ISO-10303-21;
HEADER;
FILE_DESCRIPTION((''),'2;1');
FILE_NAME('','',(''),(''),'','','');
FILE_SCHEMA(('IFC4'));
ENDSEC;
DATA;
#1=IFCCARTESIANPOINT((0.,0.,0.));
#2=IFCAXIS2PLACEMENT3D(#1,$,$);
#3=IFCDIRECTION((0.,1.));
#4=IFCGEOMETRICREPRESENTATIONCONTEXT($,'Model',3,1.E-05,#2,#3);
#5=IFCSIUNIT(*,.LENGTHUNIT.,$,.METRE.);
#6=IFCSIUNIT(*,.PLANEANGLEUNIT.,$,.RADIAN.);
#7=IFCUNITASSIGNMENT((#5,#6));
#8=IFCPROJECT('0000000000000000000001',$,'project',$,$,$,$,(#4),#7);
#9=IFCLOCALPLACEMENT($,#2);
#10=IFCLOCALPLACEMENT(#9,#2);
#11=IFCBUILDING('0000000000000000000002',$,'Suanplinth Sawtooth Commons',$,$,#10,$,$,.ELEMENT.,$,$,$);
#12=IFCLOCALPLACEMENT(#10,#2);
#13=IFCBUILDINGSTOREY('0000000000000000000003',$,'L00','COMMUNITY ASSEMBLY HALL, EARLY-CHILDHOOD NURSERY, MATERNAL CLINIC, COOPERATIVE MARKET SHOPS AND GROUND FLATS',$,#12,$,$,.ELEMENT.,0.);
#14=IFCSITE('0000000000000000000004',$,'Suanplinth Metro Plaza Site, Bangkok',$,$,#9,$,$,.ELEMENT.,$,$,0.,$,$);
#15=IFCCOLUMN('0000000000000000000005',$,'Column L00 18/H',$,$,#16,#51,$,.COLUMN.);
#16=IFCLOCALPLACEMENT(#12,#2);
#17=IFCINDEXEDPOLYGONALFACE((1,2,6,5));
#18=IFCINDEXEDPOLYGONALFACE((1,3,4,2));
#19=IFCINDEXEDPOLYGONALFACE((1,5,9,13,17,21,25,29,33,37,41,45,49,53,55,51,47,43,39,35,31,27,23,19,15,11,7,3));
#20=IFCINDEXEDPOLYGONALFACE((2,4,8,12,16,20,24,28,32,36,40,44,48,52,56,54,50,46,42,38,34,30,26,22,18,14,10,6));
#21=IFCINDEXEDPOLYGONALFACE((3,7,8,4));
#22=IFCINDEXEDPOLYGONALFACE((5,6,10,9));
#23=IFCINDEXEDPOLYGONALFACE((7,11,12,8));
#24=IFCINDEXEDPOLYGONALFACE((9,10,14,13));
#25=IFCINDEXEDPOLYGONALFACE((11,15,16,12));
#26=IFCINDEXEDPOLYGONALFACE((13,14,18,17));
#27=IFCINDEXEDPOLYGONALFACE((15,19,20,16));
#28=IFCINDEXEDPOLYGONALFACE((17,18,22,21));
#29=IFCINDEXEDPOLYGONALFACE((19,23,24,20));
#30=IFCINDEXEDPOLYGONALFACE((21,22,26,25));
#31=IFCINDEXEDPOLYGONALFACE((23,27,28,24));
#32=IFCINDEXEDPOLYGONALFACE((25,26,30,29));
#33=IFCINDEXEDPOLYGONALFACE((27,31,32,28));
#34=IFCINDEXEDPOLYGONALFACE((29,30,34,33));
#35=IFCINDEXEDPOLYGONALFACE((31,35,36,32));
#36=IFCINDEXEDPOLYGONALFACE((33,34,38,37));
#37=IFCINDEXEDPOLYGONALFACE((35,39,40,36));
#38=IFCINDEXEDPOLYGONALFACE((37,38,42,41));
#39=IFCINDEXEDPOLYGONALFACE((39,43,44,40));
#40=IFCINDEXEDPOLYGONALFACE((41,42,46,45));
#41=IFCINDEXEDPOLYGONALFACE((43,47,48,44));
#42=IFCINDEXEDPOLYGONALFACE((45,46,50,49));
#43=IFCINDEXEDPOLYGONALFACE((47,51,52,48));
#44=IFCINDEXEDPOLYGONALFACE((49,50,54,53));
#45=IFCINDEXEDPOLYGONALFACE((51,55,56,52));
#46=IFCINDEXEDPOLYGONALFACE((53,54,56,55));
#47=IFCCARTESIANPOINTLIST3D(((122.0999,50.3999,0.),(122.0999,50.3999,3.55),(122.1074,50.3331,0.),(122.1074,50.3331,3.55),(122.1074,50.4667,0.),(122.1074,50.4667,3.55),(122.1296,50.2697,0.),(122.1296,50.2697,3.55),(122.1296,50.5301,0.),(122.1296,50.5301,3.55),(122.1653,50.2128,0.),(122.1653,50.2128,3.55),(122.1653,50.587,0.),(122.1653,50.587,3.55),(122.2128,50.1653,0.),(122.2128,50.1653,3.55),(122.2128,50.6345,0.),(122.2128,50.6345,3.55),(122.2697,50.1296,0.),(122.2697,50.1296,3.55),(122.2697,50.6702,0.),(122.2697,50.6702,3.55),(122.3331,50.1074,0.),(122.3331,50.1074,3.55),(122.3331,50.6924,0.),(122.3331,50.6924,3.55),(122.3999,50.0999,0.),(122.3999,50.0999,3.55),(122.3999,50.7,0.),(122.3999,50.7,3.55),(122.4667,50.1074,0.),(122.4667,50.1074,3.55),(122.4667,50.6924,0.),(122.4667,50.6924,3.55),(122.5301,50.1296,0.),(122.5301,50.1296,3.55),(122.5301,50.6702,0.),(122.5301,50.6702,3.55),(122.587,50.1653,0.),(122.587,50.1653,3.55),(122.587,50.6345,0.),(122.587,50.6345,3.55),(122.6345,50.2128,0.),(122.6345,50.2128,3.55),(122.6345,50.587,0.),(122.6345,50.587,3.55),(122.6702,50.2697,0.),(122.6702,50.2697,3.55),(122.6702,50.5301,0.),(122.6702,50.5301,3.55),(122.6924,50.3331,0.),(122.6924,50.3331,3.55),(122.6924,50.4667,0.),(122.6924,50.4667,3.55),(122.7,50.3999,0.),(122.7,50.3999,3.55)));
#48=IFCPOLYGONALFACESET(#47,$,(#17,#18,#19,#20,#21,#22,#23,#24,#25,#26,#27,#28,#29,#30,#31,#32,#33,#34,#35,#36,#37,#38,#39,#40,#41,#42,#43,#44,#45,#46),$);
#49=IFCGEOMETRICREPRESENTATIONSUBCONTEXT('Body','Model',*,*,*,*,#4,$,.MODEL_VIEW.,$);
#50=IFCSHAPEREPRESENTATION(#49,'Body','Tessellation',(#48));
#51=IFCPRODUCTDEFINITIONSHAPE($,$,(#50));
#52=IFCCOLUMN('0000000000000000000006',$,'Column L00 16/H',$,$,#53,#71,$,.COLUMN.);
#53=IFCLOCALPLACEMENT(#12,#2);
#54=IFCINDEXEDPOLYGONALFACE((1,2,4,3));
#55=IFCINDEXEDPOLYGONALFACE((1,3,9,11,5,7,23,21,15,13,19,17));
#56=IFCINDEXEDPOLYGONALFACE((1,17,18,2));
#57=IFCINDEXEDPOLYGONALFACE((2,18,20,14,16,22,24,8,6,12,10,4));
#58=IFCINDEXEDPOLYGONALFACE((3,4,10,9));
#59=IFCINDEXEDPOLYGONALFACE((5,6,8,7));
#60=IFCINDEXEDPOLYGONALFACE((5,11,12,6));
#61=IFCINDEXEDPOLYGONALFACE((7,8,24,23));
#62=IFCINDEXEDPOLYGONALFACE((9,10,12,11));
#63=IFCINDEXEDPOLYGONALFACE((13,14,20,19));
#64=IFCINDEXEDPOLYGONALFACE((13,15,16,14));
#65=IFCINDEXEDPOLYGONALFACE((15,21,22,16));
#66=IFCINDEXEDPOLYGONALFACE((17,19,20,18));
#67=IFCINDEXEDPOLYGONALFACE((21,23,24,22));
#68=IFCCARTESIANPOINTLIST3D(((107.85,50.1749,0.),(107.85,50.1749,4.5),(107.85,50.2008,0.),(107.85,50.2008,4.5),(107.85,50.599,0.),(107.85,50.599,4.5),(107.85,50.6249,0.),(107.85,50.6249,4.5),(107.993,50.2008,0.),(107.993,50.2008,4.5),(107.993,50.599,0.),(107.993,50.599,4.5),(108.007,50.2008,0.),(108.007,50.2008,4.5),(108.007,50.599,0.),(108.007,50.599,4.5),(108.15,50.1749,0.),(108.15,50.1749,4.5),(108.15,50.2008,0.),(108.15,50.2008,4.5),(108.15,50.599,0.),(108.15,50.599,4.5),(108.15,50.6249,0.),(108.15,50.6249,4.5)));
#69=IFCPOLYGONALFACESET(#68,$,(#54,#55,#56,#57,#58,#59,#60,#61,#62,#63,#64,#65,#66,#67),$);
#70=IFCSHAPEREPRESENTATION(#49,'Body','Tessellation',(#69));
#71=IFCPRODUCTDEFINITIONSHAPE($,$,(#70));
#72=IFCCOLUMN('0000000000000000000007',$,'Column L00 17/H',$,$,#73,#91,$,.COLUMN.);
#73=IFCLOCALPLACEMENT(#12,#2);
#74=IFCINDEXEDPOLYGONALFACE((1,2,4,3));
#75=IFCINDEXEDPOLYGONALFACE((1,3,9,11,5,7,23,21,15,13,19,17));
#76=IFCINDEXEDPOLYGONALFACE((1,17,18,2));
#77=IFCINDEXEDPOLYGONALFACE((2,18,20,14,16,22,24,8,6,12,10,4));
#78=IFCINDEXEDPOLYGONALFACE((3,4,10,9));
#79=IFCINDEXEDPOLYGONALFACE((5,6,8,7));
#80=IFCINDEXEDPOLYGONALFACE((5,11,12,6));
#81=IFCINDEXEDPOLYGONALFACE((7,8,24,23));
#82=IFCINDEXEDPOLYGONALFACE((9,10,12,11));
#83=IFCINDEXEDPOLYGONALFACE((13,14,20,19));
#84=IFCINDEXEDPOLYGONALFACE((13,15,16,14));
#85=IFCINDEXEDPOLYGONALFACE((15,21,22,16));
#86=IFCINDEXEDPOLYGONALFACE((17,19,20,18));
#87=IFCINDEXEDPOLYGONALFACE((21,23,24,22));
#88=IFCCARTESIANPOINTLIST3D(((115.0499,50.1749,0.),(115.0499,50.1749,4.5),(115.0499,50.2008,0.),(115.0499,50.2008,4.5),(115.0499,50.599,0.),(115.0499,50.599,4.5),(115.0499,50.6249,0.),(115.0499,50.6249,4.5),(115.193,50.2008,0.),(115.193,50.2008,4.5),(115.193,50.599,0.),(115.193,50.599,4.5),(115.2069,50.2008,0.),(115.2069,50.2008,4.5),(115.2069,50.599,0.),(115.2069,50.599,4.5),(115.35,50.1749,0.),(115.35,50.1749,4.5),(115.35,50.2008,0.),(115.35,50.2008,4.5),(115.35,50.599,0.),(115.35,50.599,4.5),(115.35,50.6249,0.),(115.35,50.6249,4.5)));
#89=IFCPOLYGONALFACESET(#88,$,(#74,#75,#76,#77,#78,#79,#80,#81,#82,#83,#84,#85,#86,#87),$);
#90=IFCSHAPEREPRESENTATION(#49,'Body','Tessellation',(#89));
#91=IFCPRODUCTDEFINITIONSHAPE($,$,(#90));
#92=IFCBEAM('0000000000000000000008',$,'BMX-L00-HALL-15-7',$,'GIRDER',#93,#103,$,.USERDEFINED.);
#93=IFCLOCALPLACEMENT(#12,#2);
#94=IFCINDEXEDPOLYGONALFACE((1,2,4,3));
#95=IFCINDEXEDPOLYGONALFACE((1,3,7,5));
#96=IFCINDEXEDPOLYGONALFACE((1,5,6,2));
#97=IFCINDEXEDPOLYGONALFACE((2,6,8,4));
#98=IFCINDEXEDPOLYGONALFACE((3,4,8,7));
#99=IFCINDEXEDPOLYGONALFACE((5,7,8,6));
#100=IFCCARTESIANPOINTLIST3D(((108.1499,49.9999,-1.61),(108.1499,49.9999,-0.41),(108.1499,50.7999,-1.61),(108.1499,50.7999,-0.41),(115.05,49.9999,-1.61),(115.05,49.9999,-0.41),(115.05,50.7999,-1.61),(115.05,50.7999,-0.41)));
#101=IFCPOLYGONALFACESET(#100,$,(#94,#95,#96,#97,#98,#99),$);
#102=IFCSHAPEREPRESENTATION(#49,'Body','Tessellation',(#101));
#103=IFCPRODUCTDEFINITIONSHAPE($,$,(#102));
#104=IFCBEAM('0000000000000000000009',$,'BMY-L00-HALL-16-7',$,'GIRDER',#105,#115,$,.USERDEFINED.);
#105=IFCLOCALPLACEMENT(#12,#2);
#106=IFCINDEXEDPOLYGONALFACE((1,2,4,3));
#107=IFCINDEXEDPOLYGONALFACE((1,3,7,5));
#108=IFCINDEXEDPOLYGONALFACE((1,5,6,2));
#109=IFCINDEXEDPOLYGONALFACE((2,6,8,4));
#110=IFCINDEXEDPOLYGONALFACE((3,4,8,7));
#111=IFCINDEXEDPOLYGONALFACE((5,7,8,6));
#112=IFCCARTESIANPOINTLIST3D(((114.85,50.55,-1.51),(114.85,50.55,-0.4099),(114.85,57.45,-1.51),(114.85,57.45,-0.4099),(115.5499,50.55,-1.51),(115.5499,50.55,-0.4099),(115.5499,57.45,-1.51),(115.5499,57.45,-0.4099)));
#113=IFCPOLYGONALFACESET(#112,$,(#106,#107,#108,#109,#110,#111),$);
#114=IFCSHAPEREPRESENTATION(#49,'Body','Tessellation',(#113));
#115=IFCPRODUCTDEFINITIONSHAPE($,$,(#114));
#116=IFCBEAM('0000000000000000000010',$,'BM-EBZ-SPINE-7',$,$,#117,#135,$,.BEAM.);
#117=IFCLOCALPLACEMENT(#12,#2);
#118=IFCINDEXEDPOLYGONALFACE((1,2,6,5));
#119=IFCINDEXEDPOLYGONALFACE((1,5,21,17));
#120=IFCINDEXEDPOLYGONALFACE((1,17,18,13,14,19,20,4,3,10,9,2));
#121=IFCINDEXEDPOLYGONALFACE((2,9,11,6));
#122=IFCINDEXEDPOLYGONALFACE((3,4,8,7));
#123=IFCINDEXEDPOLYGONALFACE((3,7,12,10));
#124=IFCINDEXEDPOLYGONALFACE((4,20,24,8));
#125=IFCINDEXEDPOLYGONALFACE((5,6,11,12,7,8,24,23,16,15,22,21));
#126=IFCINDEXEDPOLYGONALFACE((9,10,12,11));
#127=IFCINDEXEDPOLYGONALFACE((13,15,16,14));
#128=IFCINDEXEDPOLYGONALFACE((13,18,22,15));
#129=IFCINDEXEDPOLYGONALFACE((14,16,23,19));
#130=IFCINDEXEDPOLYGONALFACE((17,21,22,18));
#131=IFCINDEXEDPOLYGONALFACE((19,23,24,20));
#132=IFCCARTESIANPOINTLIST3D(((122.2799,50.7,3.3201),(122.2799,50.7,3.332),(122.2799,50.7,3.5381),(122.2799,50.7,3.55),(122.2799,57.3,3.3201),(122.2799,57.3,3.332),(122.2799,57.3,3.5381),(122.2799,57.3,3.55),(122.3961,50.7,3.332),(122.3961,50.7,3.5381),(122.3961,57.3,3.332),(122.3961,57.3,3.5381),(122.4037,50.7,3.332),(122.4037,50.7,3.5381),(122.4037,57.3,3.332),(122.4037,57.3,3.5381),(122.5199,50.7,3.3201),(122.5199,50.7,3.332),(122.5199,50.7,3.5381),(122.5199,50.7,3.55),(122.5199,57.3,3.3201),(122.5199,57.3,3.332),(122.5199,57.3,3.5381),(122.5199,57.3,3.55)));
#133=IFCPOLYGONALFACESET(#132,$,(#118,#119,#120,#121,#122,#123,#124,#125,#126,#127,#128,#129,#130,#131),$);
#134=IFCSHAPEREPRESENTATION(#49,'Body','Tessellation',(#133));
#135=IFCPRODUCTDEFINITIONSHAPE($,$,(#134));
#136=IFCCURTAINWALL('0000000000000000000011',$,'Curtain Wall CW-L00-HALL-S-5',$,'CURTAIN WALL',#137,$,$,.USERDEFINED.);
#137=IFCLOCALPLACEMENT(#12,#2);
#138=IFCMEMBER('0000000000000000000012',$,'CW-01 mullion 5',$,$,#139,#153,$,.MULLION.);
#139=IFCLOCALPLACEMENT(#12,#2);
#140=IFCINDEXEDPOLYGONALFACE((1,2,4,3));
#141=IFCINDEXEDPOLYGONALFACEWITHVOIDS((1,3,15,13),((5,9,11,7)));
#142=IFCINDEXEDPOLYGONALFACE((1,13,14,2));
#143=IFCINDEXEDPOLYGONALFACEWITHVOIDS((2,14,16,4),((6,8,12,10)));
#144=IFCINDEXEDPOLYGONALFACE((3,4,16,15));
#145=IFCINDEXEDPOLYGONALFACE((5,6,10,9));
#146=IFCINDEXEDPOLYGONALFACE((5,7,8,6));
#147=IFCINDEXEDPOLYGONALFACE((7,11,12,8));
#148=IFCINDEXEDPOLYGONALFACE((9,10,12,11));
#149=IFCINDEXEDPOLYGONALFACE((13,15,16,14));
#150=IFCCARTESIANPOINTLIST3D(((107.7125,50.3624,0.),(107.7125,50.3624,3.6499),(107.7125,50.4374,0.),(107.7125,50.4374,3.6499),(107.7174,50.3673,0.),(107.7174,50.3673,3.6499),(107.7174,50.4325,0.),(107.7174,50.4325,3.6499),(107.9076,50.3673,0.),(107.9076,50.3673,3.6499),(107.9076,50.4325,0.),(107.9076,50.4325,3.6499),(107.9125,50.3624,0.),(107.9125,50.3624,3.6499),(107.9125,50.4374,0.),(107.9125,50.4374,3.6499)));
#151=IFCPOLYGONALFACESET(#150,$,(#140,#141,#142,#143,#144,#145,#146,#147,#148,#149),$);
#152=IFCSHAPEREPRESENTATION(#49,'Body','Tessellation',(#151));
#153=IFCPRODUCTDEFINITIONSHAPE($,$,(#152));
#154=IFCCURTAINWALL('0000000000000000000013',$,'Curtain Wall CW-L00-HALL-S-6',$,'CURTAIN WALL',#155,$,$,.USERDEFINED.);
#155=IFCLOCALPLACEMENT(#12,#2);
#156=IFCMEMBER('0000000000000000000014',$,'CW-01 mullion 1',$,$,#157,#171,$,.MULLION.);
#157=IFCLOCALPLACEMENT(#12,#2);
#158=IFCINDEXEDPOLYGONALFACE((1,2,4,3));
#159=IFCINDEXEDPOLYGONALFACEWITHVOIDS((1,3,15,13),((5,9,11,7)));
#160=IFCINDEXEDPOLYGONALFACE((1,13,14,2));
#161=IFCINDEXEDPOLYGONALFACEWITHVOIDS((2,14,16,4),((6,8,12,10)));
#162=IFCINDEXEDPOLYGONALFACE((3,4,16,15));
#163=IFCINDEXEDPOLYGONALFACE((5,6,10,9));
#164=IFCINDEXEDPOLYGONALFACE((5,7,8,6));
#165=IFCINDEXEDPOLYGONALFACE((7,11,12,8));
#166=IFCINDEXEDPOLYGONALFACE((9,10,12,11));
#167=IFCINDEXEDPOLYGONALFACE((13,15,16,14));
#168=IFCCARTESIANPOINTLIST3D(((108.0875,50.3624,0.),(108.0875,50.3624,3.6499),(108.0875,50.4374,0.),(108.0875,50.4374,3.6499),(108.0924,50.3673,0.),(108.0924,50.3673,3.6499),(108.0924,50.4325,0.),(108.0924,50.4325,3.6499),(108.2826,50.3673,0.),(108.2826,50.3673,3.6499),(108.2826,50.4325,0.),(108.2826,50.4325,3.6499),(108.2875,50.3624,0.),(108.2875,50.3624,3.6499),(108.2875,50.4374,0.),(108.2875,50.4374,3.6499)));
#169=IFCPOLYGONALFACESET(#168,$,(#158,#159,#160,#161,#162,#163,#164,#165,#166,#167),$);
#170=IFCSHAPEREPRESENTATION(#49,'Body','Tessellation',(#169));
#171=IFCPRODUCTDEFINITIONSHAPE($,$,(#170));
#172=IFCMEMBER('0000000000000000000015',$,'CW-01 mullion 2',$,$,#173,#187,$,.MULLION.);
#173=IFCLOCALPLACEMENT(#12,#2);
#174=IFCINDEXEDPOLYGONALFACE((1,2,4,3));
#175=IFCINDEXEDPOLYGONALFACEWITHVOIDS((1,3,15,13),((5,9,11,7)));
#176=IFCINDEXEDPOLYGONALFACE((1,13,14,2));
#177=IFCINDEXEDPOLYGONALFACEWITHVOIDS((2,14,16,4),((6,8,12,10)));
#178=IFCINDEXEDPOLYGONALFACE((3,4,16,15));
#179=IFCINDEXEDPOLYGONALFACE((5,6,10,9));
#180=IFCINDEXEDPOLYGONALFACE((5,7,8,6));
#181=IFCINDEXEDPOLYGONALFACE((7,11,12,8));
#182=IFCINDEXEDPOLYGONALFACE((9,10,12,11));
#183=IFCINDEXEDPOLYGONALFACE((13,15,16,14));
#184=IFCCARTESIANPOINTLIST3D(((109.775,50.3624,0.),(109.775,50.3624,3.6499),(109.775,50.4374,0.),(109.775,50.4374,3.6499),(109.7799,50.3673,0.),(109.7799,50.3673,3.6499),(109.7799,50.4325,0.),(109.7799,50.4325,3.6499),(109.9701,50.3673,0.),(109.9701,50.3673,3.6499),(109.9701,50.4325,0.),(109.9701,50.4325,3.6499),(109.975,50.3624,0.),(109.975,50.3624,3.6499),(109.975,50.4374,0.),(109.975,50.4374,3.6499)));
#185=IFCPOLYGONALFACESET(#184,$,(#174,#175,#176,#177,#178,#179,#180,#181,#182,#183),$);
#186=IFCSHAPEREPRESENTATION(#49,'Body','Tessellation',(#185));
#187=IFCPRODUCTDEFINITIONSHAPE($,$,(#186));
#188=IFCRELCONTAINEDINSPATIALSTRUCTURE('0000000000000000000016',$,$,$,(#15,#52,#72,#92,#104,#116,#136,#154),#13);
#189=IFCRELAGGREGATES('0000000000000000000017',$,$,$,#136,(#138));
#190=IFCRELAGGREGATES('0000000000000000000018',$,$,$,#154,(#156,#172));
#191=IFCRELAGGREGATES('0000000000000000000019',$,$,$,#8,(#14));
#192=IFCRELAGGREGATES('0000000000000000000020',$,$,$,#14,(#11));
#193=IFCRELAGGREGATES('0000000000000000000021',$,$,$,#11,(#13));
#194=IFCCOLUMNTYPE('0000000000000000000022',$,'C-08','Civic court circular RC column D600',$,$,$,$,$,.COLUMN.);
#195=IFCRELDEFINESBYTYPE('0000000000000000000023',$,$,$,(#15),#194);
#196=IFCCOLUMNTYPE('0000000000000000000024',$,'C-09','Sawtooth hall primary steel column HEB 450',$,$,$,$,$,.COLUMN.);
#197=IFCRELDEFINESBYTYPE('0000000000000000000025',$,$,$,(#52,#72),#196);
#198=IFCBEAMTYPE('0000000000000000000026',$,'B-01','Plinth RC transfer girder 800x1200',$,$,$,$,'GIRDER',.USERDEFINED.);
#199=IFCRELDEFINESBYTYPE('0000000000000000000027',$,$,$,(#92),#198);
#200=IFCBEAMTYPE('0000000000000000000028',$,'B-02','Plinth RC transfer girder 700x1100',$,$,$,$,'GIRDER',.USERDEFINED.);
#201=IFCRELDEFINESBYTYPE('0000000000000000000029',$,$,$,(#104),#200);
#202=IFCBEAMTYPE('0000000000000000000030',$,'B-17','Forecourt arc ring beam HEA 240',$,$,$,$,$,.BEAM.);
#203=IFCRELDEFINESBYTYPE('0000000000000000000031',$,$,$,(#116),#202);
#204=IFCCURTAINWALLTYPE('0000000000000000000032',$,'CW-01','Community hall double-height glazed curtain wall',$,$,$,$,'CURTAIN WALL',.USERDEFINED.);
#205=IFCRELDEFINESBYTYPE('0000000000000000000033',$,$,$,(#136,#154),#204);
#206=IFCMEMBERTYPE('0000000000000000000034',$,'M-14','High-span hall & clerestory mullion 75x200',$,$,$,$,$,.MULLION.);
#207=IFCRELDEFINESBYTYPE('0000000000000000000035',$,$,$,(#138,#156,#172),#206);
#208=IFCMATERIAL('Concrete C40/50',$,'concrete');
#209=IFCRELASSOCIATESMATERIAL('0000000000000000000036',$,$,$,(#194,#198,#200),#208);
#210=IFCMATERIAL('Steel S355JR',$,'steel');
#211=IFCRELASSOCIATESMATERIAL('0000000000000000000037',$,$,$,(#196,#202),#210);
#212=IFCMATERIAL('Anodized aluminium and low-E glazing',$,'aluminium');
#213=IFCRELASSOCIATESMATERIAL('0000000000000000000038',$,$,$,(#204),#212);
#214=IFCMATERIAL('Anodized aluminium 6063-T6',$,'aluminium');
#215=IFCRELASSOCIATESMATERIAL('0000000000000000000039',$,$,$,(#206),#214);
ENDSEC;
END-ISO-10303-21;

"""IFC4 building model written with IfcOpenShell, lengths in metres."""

from ifc_helpers import new_model, si_unit, direction, frame, origin, origin_2d, place, context, subcontext, project, spatial, rectangle, hollow_rectangle, circle, i_section, extrude, material, material_profile, profile_set, type_object, element, aggregate, save


model = new_model("IFC4")

# Units and contexts
model_context = context("Model", 3, precision=1e-05, world=origin(), true_north=direction((0.0, 1.0)))
body_context = subcontext(model_context, "Body", "Model", "MODEL_VIEW")
ifc_project = project(units=[si_unit("LENGTHUNIT", "METRE"), si_unit("PLANEANGLEUNIT", "RADIAN")], contexts=[model_context])

# Site, building, storey
site_placement = place(None, origin())
site = spatial("IfcSite", under=ifc_project, at=site_placement, Name="Suanplinth Metro Plaza Site, Bangkok", CompositionType="ELEMENT", RefElevation=0.0)
building_placement = place(site_placement, origin())
building = spatial("IfcBuilding", under=site, at=building_placement, Name="Suanplinth Sawtooth Commons", CompositionType="ELEMENT")
storey_placement = place(building_placement, origin())
storey = spatial("IfcBuildingStorey", under=building, at=storey_placement, Name="L00", Description="COMMUNITY ASSEMBLY HALL, EARLY-CHILDHOOD NURSERY, MATERNAL CLINIC, COOPERATIVE MARKET SHOPS AND GROUND FLATS", CompositionType="ELEMENT", Elevation=0.0)

# Columns
ifc_material_1 = material(Name="Concrete C40/50", Category="concrete")
ifc_material_profile_1 = material_profile(ifc_material_1, circle(Radius=0.3, at=origin_2d()), Name="RC-CIRC D600")
ifc_profile_set_1 = profile_set([ifc_material_profile_1], Name="Concrete C40/50")
column_type_1 = type_object("IfcColumnType", Name="C-08", Description="Civic court circular RC column D600", PredefinedType="COLUMN", material=ifc_profile_set_1)
column_placement = place(storey_placement, frame((122.3999, 50.3999, 0.0), z_axis=(0.0, 0.0, 1.0), x_axis=(1.0, 0.0, 0.0)))
element("IfcColumn", 1, at=column_placement, inside=storey, type_object=column_type_1, Name="Column L00 18/H", PredefinedType="COLUMN", context=body_context, shape_type="SweptSolid", body=[
    extrude(circle(Radius=0.3, at=origin_2d()), origin(), (0.0, 0.0, 1.0), 3.55),
])
ifc_material_2 = material(Name="Steel S355JR", Category="steel")
ifc_material_profile_2 = material_profile(ifc_material_2, i_section(OverallWidth=0.3, OverallDepth=0.45, WebThickness=0.0139, FlangeThickness=0.0259, at=origin_2d()), Name="HEB 450")
ifc_profile_set_2 = profile_set([ifc_material_profile_2], Name="Steel S355JR")
column_type_2 = type_object("IfcColumnType", Name="C-09", Description="Sawtooth hall primary steel column HEB 450", PredefinedType="COLUMN", material=ifc_profile_set_2)
for number, where, z_axis, x_axis, name in (
    (2, (108.0, 50.3999, 0.0), (0.0, 0.0, 1.0), (1.0, 0.0, 0.0), "Column L00 16/H"),
    (3, (115.2, 50.3999, 0.0), (0.0, 0.0, 1.0), (1.0, 0.0, 0.0), "Column L00 17/H"),
):
    element("IfcColumn", number, at=place(storey_placement, frame(where, z_axis=z_axis, x_axis=x_axis)), inside=storey, type_object=column_type_2, Name=name, PredefinedType="COLUMN", context=body_context, shape_type="SweptSolid", body=[
        extrude(i_section(OverallWidth=0.3, OverallDepth=0.45, WebThickness=0.0139, FlangeThickness=0.0259, at=origin_2d()), origin(), (0.0, 0.0, 1.0), 4.5),
    ])

# Beams
ifc_material_profile_3 = material_profile(ifc_material_1, rectangle(XDim=0.8, YDim=1.2, at=origin_2d()), Name="RC-TG 800x1200")
ifc_profile_set_3 = profile_set([ifc_material_profile_3], Name="Concrete C40/50")
beam_type_1 = type_object("IfcBeamType", Name="B-01", Description="Plinth RC transfer girder 800x1200", ElementType="GIRDER", PredefinedType="USERDEFINED", material=ifc_profile_set_3)
beam_1_placement = place(storey_placement, frame((108.1499, 50.3999, -1.01), z_axis=(1.0, 0.0, 0.0), x_axis=(0.0, 1.0, 0.0)))
element("IfcBeam", 4, at=beam_1_placement, inside=storey, type_object=beam_type_1, Name="BMX-L00-HALL-15-7", ObjectType="GIRDER", PredefinedType="USERDEFINED", context=body_context, shape_type="SweptSolid", body=[
    extrude(rectangle(XDim=0.8, YDim=1.2, at=origin_2d()), origin(), (0.0, 0.0, 1.0), 6.9001),
])
ifc_material_profile_4 = material_profile(ifc_material_1, rectangle(XDim=0.7, YDim=1.1001, at=origin_2d()), Name="RC-TG 700x1100")
ifc_profile_set_4 = profile_set([ifc_material_profile_4], Name="Concrete C40/50")
beam_type_2 = type_object("IfcBeamType", Name="B-02", Description="Plinth RC transfer girder 700x1100", ElementType="GIRDER", PredefinedType="USERDEFINED", material=ifc_profile_set_4)
beam_2_placement = place(storey_placement, frame((115.2, 50.55, -0.96), z_axis=(0.0, 1.0, 0.0), x_axis=(-1.0, 0.0, 0.0)))
element("IfcBeam", 5, at=beam_2_placement, inside=storey, type_object=beam_type_2, Name="BMY-L00-HALL-16-7", ObjectType="GIRDER", PredefinedType="USERDEFINED", context=body_context, shape_type="SweptSolid", body=[
    extrude(rectangle(XDim=0.7, YDim=1.1001, at=origin_2d()), origin(), (0.0, 0.0, 1.0), 6.8999),
])
ifc_material_profile_5 = material_profile(ifc_material_2, i_section(OverallWidth=0.24, OverallDepth=0.23, WebThickness=0.0076, FlangeThickness=0.012, at=origin_2d()), Name="HEA 240")
ifc_profile_set_5 = profile_set([ifc_material_profile_5], Name="Steel S355JR")
beam_type_3 = type_object("IfcBeamType", Name="B-17", Description="Forecourt arc ring beam HEA 240", PredefinedType="BEAM", material=ifc_profile_set_5)
beam_3_placement = place(storey_placement, frame((122.3999, 50.7, 3.4351), z_axis=(0.0, 1.0, 0.0), x_axis=(-1.0, 0.0, 0.0)))
element("IfcBeam", 6, at=beam_3_placement, inside=storey, type_object=beam_type_3, Name="BM-EBZ-SPINE-7", PredefinedType="BEAM", context=body_context, shape_type="SweptSolid", body=[
    extrude(i_section(OverallWidth=0.24, OverallDepth=0.23, WebThickness=0.0076, FlangeThickness=0.012, at=origin_2d()), origin(), (0.0, 0.0, 1.0), 6.6001),
])

# Curtain wall, member
ifc_material_3 = material(Name="Anodized aluminium and low-E glazing", Category="aluminium")
curtain_wall_type = type_object("IfcCurtainWallType", Name="CW-01", Description="Community hall double-height glazed curtain wall", ElementType="CURTAIN WALL", PredefinedType="USERDEFINED", material=ifc_material_3)
curtain_wall_1_placement = place(storey_placement, origin())
curtain_wall_1 = element("IfcCurtainWall", 7, at=curtain_wall_1_placement, inside=storey, type_object=curtain_wall_type, Name="Curtain Wall CW-L00-HALL-S-5", ObjectType="CURTAIN WALL", PredefinedType="USERDEFINED")
ifc_material_4 = material(Name="Anodized aluminium 6063-T6", Category="aluminium")
ifc_material_profile_6 = material_profile(ifc_material_4, hollow_rectangle(XDim=0.075, YDim=0.2, WallThickness=0.0049, at=origin_2d()), Name="ALU-MUL 75x200")
ifc_profile_set_6 = profile_set([ifc_material_profile_6], Name="Anodized aluminium 6063-T6")
member_type_1 = type_object("IfcMemberType", Name="M-14", Description="High-span hall & clerestory mullion 75x200", PredefinedType="MULLION", material=ifc_profile_set_6)
member_1_placement = place(storey_placement, frame((107.8125, 50.3999, 0.0), z_axis=(0.0, 0.0, 1.0), x_axis=(0.0, 1.0, 0.0)))
member_1 = element("IfcMember", 8, at=member_1_placement, type_object=member_type_1, Name="CW-01 mullion 5", PredefinedType="MULLION", context=body_context, shape_type="SweptSolid", body=[
    extrude(hollow_rectangle(XDim=0.075, YDim=0.2, WallThickness=0.0049, at=origin_2d()), origin(), (0.0, 0.0, 1.0), 3.6499),
])
aggregate(curtain_wall_1, [member_1])

# Curtain wall, members
curtain_wall_2_placement = place(storey_placement, origin())
curtain_wall_2 = element("IfcCurtainWall", 9, at=curtain_wall_2_placement, inside=storey, type_object=curtain_wall_type, Name="Curtain Wall CW-L00-HALL-S-6", ObjectType="CURTAIN WALL", PredefinedType="USERDEFINED")
member_2_placement = place(storey_placement, frame((108.1875, 50.3999, 0.0), z_axis=(0.0, 0.0, 1.0), x_axis=(0.0, 1.0, 0.0)))
member_2 = element("IfcMember", 10, at=member_2_placement, type_object=member_type_1, Name="CW-01 mullion 1", PredefinedType="MULLION", context=body_context, shape_type="SweptSolid", body=[
    extrude(hollow_rectangle(XDim=0.075, YDim=0.2, WallThickness=0.0049, at=origin_2d()), origin(), (0.0, 0.0, 1.0), 3.6499),
])
member_3_placement = place(storey_placement, frame((109.875, 50.3999, 0.0), z_axis=(0.0, 0.0, 1.0), x_axis=(0.0, 1.0, 0.0)))
member_3 = element("IfcMember", 11, at=member_3_placement, type_object=member_type_1, Name="CW-01 mullion 2", PredefinedType="MULLION", context=body_context, shape_type="SweptSolid", body=[
    extrude(hollow_rectangle(XDim=0.075, YDim=0.2, WallThickness=0.0049, at=origin_2d()), origin(), (0.0, 0.0, 1.0), 3.6499),
])
aggregate(curtain_wall_2, [member_2, member_3])

save(model, "model.ifc")
